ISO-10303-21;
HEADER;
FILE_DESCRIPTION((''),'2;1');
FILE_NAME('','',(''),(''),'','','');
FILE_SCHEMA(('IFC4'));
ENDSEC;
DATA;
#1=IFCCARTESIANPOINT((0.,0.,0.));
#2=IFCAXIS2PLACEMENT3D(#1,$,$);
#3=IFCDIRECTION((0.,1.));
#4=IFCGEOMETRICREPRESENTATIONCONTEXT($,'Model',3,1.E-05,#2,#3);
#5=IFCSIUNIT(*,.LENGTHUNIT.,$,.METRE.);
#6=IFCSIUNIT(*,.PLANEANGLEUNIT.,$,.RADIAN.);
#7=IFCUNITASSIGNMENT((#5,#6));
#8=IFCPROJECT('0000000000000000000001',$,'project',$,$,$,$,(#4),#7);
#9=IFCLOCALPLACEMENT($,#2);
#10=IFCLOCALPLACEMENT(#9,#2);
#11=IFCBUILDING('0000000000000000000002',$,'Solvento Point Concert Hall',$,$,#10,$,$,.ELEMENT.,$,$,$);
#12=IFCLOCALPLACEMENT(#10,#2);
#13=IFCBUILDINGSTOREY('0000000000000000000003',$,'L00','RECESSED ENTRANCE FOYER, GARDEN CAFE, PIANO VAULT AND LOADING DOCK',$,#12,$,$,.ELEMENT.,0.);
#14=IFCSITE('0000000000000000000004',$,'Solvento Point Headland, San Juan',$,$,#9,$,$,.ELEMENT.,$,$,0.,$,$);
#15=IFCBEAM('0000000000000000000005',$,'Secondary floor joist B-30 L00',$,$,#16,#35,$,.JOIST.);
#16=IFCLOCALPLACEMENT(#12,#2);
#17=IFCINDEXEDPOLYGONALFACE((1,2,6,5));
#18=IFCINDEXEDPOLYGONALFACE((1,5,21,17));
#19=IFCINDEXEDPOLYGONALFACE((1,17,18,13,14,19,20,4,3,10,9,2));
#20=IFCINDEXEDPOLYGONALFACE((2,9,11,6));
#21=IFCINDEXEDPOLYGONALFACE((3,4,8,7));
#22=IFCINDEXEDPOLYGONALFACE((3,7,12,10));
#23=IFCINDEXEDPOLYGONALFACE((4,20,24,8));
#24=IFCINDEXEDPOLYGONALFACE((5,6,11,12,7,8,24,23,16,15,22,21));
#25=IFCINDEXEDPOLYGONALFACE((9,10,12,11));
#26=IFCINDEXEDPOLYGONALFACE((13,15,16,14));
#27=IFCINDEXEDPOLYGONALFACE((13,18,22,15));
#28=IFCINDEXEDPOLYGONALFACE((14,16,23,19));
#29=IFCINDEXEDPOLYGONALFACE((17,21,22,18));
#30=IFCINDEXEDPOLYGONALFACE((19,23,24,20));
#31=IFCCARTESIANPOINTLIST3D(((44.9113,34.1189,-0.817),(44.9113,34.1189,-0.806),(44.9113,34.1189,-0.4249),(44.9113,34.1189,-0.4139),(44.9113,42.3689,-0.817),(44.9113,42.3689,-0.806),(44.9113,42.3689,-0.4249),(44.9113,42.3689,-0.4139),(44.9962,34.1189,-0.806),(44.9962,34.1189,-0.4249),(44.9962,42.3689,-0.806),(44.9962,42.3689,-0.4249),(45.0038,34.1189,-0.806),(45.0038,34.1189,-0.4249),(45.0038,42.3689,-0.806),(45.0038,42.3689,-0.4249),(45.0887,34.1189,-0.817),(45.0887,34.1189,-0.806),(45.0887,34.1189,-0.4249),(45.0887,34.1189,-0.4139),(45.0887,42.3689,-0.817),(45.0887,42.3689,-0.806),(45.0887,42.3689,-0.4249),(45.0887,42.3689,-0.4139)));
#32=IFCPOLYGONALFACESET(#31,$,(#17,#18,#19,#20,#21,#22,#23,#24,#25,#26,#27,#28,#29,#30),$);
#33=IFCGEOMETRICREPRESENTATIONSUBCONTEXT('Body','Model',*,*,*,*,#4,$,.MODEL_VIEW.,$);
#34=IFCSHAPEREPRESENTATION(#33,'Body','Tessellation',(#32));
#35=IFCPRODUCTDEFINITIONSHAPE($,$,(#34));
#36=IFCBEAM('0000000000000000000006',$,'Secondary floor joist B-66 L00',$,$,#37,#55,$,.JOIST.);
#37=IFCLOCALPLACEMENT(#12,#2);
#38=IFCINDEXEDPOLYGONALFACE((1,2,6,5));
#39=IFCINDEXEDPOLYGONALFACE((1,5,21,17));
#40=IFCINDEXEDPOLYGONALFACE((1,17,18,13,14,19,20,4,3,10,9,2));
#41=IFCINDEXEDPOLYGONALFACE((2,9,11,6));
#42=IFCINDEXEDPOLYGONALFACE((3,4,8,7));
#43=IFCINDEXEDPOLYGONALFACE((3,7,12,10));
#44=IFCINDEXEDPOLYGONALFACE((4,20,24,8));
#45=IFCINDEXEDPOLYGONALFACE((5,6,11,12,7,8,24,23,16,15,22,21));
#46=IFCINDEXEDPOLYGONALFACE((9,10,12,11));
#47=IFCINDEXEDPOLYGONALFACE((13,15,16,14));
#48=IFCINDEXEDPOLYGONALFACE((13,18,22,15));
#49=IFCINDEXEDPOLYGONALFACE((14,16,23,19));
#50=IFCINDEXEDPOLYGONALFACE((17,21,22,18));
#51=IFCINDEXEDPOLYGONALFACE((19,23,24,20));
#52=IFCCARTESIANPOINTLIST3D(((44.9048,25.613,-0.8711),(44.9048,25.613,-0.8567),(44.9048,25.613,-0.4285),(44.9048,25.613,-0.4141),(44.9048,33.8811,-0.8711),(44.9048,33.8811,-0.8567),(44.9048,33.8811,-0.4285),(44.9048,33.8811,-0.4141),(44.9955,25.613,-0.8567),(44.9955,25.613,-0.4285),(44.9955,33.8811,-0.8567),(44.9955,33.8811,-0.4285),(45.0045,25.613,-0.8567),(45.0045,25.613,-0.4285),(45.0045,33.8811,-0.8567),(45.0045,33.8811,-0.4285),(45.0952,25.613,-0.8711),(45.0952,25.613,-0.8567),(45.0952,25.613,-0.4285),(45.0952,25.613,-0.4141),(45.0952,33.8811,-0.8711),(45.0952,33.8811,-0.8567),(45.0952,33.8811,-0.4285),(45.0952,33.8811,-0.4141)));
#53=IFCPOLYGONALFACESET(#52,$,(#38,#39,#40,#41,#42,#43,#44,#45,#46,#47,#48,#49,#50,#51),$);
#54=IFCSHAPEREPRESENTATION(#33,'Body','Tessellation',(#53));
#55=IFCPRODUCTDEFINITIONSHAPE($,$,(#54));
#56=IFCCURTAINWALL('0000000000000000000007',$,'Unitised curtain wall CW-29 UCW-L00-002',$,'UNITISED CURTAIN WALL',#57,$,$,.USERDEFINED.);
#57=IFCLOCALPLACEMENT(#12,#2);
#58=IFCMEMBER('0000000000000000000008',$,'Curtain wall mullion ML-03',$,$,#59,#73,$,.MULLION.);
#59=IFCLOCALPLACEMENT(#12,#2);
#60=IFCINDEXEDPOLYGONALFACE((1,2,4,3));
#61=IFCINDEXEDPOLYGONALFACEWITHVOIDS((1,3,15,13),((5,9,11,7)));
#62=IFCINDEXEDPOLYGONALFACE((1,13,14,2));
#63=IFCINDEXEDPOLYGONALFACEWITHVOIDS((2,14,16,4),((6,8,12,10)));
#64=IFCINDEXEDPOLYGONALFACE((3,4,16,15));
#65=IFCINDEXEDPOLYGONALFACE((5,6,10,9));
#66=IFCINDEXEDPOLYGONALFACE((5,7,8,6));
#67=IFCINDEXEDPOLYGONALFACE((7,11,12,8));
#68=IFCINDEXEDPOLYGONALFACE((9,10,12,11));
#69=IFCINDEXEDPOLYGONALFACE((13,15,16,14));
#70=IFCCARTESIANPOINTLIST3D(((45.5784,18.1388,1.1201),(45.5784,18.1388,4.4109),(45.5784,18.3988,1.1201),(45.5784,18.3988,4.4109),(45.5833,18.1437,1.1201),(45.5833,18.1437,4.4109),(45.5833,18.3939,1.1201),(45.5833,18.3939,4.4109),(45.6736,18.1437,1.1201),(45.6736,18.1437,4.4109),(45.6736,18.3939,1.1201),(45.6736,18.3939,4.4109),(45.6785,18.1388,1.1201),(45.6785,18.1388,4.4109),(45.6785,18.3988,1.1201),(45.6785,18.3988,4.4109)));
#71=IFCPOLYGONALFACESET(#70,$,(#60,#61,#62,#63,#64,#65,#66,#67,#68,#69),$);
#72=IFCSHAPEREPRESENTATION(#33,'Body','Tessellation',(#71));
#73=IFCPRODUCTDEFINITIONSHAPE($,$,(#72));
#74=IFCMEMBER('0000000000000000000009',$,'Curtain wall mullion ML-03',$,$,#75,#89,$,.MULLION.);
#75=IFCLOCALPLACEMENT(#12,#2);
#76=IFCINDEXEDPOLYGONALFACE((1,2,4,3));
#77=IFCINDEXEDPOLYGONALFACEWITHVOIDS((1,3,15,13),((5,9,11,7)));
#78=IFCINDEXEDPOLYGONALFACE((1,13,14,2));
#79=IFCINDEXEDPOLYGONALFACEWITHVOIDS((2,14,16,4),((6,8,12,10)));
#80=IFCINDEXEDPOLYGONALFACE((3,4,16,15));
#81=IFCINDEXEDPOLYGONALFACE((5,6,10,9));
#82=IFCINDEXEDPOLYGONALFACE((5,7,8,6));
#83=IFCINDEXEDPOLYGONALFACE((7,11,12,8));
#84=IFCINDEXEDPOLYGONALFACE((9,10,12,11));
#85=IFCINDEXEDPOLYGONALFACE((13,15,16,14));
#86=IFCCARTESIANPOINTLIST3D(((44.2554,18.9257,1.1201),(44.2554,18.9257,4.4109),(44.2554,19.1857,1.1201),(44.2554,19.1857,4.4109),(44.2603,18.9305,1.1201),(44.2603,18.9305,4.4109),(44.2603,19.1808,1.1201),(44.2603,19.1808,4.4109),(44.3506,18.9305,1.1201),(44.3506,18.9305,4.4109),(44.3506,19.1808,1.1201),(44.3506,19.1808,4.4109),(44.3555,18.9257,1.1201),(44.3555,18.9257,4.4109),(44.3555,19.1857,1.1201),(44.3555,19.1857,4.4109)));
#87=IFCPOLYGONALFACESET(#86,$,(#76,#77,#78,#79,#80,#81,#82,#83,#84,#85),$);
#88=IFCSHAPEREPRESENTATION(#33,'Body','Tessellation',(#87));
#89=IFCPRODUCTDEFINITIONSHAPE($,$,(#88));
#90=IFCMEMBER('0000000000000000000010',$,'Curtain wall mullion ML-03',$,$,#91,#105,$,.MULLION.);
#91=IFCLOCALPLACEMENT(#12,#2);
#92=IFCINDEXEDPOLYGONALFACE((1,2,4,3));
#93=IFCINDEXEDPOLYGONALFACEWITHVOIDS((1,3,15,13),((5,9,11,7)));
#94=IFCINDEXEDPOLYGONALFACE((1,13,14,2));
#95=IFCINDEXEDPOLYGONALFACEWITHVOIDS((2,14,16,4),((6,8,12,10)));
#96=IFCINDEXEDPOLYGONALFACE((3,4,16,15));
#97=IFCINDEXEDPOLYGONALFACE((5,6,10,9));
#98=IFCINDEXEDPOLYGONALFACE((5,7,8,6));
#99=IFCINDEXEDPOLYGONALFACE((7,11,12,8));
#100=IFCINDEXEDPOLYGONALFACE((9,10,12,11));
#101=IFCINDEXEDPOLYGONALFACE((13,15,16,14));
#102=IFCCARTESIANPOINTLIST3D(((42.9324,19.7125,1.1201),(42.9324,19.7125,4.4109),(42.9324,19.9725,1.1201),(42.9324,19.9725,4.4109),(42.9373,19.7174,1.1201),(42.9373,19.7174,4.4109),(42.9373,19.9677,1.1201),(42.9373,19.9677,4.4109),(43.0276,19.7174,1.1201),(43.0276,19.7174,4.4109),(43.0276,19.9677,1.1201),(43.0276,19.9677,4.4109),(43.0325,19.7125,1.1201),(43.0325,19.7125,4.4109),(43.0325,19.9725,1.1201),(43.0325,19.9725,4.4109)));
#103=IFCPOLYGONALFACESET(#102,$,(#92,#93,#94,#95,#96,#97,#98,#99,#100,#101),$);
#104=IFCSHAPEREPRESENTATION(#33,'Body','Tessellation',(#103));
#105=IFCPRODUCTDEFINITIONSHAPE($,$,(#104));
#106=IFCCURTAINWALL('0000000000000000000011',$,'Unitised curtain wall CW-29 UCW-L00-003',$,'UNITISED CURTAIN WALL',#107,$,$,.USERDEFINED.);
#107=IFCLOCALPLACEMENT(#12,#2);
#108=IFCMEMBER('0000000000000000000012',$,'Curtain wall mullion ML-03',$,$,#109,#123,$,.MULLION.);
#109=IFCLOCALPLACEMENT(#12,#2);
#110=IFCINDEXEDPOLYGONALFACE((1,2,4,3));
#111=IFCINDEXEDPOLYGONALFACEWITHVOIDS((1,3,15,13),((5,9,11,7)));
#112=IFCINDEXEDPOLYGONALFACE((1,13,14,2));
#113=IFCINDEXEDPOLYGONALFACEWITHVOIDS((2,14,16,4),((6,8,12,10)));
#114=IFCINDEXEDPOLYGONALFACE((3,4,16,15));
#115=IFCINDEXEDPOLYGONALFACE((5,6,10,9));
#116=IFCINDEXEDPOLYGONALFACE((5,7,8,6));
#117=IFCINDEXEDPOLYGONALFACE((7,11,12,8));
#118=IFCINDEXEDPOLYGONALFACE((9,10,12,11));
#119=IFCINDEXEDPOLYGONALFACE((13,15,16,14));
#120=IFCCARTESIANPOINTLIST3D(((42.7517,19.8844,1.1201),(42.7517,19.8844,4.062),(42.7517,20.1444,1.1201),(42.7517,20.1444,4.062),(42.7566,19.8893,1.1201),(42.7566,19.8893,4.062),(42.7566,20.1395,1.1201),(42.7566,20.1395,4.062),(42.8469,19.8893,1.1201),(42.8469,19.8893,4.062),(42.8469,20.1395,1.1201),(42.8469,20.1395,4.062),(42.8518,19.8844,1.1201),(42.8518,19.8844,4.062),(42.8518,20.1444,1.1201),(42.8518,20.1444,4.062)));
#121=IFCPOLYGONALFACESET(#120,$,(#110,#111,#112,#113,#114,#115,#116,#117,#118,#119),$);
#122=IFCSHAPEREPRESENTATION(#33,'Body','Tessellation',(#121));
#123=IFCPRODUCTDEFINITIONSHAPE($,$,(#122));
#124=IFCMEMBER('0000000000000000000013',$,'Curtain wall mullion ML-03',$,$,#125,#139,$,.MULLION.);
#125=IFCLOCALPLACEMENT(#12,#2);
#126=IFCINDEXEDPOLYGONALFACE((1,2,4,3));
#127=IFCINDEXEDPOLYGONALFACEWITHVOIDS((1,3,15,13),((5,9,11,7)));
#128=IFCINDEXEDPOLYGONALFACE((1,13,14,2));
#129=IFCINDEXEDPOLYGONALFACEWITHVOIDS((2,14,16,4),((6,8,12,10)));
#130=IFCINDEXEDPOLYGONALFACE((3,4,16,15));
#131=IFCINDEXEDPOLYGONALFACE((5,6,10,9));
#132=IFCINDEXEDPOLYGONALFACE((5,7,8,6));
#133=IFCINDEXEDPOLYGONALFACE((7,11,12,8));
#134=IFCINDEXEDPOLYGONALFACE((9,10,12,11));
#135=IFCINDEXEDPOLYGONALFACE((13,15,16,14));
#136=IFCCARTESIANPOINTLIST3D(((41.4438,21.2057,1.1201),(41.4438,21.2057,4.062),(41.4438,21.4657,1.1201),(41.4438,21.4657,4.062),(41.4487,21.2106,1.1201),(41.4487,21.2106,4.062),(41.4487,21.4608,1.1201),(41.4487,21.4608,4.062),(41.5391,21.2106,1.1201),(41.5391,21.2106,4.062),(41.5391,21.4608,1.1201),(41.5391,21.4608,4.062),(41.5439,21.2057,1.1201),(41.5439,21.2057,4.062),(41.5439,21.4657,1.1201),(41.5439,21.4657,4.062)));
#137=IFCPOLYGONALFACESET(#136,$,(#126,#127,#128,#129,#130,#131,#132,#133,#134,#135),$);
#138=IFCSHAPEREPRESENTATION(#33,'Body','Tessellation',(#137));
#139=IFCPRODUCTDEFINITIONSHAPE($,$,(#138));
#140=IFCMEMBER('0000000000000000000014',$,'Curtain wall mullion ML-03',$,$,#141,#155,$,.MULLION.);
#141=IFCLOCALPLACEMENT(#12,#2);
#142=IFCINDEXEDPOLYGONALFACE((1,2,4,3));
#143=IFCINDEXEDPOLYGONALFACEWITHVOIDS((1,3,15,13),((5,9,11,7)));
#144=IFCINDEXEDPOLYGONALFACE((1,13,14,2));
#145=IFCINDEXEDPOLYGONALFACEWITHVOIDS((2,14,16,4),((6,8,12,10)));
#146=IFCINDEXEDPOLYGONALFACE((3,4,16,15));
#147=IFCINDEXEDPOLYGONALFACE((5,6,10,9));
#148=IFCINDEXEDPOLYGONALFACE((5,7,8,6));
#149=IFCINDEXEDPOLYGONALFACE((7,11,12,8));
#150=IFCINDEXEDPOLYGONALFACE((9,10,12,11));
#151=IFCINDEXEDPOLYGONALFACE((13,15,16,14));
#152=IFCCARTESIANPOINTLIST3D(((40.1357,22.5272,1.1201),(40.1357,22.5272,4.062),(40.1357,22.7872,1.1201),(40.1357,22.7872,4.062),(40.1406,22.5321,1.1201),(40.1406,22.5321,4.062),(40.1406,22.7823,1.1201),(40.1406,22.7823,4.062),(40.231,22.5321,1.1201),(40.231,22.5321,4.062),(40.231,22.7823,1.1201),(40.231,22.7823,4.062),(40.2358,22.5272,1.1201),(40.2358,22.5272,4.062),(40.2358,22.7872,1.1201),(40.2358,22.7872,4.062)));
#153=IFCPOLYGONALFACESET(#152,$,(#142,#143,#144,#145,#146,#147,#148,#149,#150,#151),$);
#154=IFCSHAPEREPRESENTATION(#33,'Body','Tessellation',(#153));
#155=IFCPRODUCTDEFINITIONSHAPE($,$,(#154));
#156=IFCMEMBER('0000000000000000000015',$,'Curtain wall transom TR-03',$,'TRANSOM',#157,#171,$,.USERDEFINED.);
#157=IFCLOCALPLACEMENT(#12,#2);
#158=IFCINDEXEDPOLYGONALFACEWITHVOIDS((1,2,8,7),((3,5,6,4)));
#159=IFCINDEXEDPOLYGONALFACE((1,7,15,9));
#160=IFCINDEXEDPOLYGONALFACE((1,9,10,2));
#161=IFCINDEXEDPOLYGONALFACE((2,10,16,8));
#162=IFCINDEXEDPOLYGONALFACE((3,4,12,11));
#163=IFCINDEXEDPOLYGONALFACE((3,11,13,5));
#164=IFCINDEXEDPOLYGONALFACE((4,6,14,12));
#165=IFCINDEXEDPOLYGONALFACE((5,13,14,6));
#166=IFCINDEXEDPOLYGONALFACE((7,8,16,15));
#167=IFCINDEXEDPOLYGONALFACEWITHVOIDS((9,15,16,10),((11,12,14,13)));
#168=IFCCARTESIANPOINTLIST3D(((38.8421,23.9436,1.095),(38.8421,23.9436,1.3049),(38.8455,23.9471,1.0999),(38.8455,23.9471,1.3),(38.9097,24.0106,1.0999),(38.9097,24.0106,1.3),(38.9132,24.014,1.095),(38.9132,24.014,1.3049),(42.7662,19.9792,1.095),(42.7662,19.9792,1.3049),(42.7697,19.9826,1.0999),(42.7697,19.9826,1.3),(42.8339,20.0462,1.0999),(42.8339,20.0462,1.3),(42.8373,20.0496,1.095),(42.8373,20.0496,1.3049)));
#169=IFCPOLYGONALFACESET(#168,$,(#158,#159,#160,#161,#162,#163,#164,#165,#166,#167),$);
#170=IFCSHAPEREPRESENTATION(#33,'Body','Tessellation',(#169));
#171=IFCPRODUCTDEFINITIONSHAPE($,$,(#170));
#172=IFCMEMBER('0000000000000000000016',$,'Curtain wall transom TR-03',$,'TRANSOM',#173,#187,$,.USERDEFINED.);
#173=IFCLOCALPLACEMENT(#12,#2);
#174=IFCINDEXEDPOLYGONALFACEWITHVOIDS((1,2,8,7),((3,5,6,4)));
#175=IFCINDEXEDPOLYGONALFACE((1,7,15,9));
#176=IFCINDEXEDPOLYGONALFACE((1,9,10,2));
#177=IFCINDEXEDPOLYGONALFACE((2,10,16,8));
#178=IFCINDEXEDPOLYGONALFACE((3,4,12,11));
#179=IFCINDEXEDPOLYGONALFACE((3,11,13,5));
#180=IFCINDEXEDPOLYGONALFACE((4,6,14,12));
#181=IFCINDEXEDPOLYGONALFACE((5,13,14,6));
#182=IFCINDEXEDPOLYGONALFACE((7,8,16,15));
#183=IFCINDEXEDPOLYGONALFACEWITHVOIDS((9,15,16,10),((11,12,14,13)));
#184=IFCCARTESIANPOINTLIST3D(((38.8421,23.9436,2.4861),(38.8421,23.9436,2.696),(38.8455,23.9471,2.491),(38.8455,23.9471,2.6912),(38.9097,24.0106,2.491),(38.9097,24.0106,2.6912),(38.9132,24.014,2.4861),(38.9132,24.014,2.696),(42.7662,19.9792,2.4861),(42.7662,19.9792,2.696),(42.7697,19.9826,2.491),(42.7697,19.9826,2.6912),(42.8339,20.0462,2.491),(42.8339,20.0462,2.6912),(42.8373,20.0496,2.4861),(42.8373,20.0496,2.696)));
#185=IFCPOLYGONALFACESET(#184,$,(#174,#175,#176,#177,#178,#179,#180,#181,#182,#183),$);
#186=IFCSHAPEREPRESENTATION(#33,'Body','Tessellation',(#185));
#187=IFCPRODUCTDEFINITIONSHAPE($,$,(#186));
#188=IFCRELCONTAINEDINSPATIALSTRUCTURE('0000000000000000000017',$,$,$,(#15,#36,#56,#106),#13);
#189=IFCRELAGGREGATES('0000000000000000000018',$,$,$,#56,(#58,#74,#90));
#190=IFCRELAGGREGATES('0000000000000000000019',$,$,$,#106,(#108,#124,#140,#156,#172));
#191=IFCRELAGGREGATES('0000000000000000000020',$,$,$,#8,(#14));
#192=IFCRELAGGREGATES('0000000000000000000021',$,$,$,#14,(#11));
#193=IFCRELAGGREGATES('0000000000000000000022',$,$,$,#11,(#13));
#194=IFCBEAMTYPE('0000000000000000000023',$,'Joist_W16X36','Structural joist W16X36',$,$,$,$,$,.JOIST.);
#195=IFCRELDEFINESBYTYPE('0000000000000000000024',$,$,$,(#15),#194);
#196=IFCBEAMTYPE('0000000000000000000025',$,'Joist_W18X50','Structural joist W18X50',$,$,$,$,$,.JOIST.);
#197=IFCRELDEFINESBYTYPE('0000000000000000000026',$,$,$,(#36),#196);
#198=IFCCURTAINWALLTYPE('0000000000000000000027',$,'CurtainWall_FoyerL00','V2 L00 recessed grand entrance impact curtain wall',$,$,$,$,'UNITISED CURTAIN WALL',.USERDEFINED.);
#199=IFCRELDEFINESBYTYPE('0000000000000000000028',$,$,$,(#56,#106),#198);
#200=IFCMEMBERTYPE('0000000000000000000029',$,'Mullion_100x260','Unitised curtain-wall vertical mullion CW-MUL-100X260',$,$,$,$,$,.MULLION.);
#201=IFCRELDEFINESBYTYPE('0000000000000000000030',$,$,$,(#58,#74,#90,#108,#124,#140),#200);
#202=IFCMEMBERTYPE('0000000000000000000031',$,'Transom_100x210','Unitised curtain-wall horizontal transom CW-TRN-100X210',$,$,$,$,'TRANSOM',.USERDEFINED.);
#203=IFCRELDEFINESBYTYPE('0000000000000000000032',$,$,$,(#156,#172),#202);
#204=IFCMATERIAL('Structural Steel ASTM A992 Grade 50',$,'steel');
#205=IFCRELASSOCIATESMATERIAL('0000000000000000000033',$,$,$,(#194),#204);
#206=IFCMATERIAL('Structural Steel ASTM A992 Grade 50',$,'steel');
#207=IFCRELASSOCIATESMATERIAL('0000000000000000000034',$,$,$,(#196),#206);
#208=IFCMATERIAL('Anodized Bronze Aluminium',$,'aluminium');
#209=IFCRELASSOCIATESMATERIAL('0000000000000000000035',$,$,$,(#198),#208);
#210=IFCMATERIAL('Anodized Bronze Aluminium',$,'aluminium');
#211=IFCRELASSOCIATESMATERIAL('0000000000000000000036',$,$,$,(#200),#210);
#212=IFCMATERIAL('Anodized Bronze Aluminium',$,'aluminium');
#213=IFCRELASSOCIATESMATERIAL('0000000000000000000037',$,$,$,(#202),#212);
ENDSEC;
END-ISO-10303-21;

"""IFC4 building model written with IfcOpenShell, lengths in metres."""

from ifc_helpers import new_model, si_unit, direction, frame, origin, origin_2d, place, context, subcontext, project, spatial, hollow_rectangle, i_section, extrude, material, material_profile, profile_set, type_object, element, aggregate, save


model = new_model("IFC4")

# Units and contexts
model_context = context("Model", 3, precision=1e-05, world=origin(), true_north=direction((0.0, 1.0)))
body_context = subcontext(model_context, "Body", "Model", "MODEL_VIEW")
ifc_project = project(units=[si_unit("LENGTHUNIT", "METRE"), si_unit("PLANEANGLEUNIT", "RADIAN")], contexts=[model_context])

# Site, building, storey
site_placement = place(None, origin())
site = spatial("IfcSite", under=ifc_project, at=site_placement, Name="Solvento Point Headland, San Juan", CompositionType="ELEMENT", RefElevation=0.0)
building_placement = place(site_placement, origin())
building = spatial("IfcBuilding", under=site, at=building_placement, Name="Solvento Point Concert Hall", CompositionType="ELEMENT")
storey_placement = place(building_placement, origin())
storey = spatial("IfcBuildingStorey", under=building, at=storey_placement, Name="L00", Description="RECESSED ENTRANCE FOYER, GARDEN CAFE, PIANO VAULT AND LOADING DOCK", CompositionType="ELEMENT", Elevation=0.0)

# Beams
ifc_material_1 = material(Name="Structural Steel ASTM A992 Grade 50", Category="steel")
ifc_material_profile_1 = material_profile(ifc_material_1, i_section(OverallWidth=0.1775, OverallDepth=0.4031, WebThickness=0.0076, FlangeThickness=0.011, at=origin_2d()), Name="W16X36")
ifc_profile_set_1 = profile_set([ifc_material_profile_1], Name="Structural Steel ASTM A992 Grade 50")
beam_type_1 = type_object("IfcBeamType", Name="Joist_W16X36", Description="Structural joist W16X36", PredefinedType="JOIST", material=ifc_profile_set_1)
beam_1_placement = place(storey_placement, frame((45.0, 34.1189, -0.6155), z_axis=(0.0, 1.0, 0.0), x_axis=(-1.0, 0.0, 0.0)))
element("IfcBeam", 1, at=beam_1_placement, inside=storey, type_object=beam_type_1, Name="Secondary floor joist B-30 L00", PredefinedType="JOIST", context=body_context, shape_type="SweptSolid", body=[
    extrude(i_section(OverallWidth=0.1775, OverallDepth=0.4031, WebThickness=0.0076, FlangeThickness=0.011, at=origin_2d()), origin(), (0.0, 0.0, 1.0), 8.25),
])
ifc_material_2 = material(Name="Structural Steel ASTM A992 Grade 50", Category="steel")
ifc_material_profile_2 = material_profile(ifc_material_2, i_section(OverallWidth=0.1904, OverallDepth=0.457, WebThickness=0.009, FlangeThickness=0.0144, at=origin_2d()), Name="W18X50")
ifc_profile_set_2 = profile_set([ifc_material_profile_2], Name="Structural Steel ASTM A992 Grade 50")
beam_type_2 = type_object("IfcBeamType", Name="Joist_W18X50", Description="Structural joist W18X50", PredefinedType="JOIST", material=ifc_profile_set_2)
beam_2_placement = place(storey_placement, frame((45.0, 25.613, -0.6426), z_axis=(0.0, 1.0, 0.0), x_axis=(-1.0, 0.0, 0.0)))
element("IfcBeam", 2, at=beam_2_placement, inside=storey, type_object=beam_type_2, Name="Secondary floor joist B-66 L00", PredefinedType="JOIST", context=body_context, shape_type="SweptSolid", body=[
    extrude(i_section(OverallWidth=0.1904, OverallDepth=0.457, WebThickness=0.009, FlangeThickness=0.0144, at=origin_2d()), origin(), (0.0, 0.0, 1.0), 8.2681),
])

# Curtain walls, members
ifc_material_3 = material(Name="Anodized Bronze Aluminium", Category="aluminium")
curtain_wall_type = type_object("IfcCurtainWallType", Name="CurtainWall_FoyerL00", Description="V2 L00 recessed grand entrance impact curtain wall", ElementType="UNITISED CURTAIN WALL", PredefinedType="USERDEFINED", material=ifc_material_3)
curtain_wall_1_placement = place(storey_placement, origin())
curtain_wall_1 = element("IfcCurtainWall", 3, at=curtain_wall_1_placement, inside=storey, type_object=curtain_wall_type, Name="Unitised curtain wall CW-29 UCW-L00-002", ObjectType="UNITISED CURTAIN WALL", PredefinedType="USERDEFINED")
ifc_material_4 = material(Name="Anodized Bronze Aluminium", Category="aluminium")
ifc_material_profile_3 = material_profile(ifc_material_4, hollow_rectangle(XDim=0.1001, YDim=0.26, WallThickness=0.0049, at=origin_2d()), Name="CW-MUL-100X260")
ifc_profile_set_3 = profile_set([ifc_material_profile_3], Name="Anodized Bronze Aluminium")
member_type_1 = type_object("IfcMemberType", Name="Mullion_100x260", Description="Unitised curtain-wall vertical mullion CW-MUL-100X260", PredefinedType="MULLION", material=ifc_profile_set_3)
member_1_placement = place(storey_placement, frame((45.6284, 18.2688, 1.1201), z_axis=(0.0, 0.0, 1.0), x_axis=(1.0, 0.0, 0.0)))
member_1 = element("IfcMember", 4, at=member_1_placement, type_object=member_type_1, Name="Curtain wall mullion ML-03", PredefinedType="MULLION", context=body_context, shape_type="SweptSolid", body=[
    extrude(hollow_rectangle(XDim=0.1001, YDim=0.26, WallThickness=0.0049, at=origin_2d()), origin(), (0.0, 0.0, 1.0), 3.2908),
])
member_2_placement = place(storey_placement, frame((44.3054, 19.0557, 1.1201), z_axis=(0.0, 0.0, 1.0), x_axis=(1.0, 0.0, 0.0)))
member_2 = element("IfcMember", 5, at=member_2_placement, type_object=member_type_1, Name="Curtain wall mullion ML-03", PredefinedType="MULLION", context=body_context, shape_type="SweptSolid", body=[
    extrude(hollow_rectangle(XDim=0.1001, YDim=0.26, WallThickness=0.0049, at=origin_2d()), origin(), (0.0, 0.0, 1.0), 3.2908),
])
member_3_placement = place(storey_placement, frame((42.9824, 19.8425, 1.1201), z_axis=(0.0, 0.0, 1.0), x_axis=(1.0, 0.0, 0.0)))
member_3 = element("IfcMember", 6, at=member_3_placement, type_object=member_type_1, Name="Curtain wall mullion ML-03", PredefinedType="MULLION", context=body_context, shape_type="SweptSolid", body=[
    extrude(hollow_rectangle(XDim=0.1001, YDim=0.26, WallThickness=0.0049, at=origin_2d()), origin(), (0.0, 0.0, 1.0), 3.2908),
])
curtain_wall_2_placement = place(storey_placement, origin())
curtain_wall_2 = element("IfcCurtainWall", 7, at=curtain_wall_2_placement, inside=storey, type_object=curtain_wall_type, Name="Unitised curtain wall CW-29 UCW-L00-003", ObjectType="UNITISED CURTAIN WALL", PredefinedType="USERDEFINED")
member_4_placement = place(storey_placement, frame((42.8018, 20.0144, 1.1201), z_axis=(0.0, 0.0, 1.0), x_axis=(1.0, 0.0, 0.0)))
member_4 = element("IfcMember", 8, at=member_4_placement, type_object=member_type_1, Name="Curtain wall mullion ML-03", PredefinedType="MULLION", context=body_context, shape_type="SweptSolid", body=[
    extrude(hollow_rectangle(XDim=0.1001, YDim=0.26, WallThickness=0.0049, at=origin_2d()), origin(), (0.0, 0.0, 1.0), 2.9419),
])
member_5_placement = place(storey_placement, frame((41.4939, 21.3357, 1.1201), z_axis=(0.0, 0.0, 1.0), x_axis=(1.0, 0.0, 0.0)))
member_5 = element("IfcMember", 9, at=member_5_placement, type_object=member_type_1, Name="Curtain wall mullion ML-03", PredefinedType="MULLION", context=body_context, shape_type="SweptSolid", body=[
    extrude(hollow_rectangle(XDim=0.1001, YDim=0.26, WallThickness=0.0049, at=origin_2d()), origin(), (0.0, 0.0, 1.0), 2.9419),
])
member_6_placement = place(storey_placement, frame((40.1858, 22.6572, 1.1201), z_axis=(0.0, 0.0, 1.0), x_axis=(1.0, 0.0, 0.0)))
member_6 = element("IfcMember", 10, at=member_6_placement, type_object=member_type_1, Name="Curtain wall mullion ML-03", PredefinedType="MULLION", context=body_context, shape_type="SweptSolid", body=[
    extrude(hollow_rectangle(XDim=0.1001, YDim=0.26, WallThickness=0.0049, at=origin_2d()), origin(), (0.0, 0.0, 1.0), 2.9419),
])
ifc_material_5 = material(Name="Anodized Bronze Aluminium", Category="aluminium")
ifc_material_profile_4 = material_profile(ifc_material_5, hollow_rectangle(XDim=0.1001, YDim=0.21, WallThickness=0.0049, at=origin_2d()), Name="CW-TRN-100X210")
ifc_profile_set_4 = profile_set([ifc_material_profile_4], Name="Anodized Bronze Aluminium")
member_type_2 = type_object("IfcMemberType", Name="Transom_100x210", Description="Unitised curtain-wall horizontal transom CW-TRN-100X210", ElementType="TRANSOM", PredefinedType="USERDEFINED", material=ifc_profile_set_4)
member_7_placement = place(storey_placement, frame((42.8018, 20.0144, 1.2), z_axis=(-0.703487, 0.710708, 0.0), x_axis=(-0.710708, -0.703487, 0.0)))
member_7 = element("IfcMember", 11, at=member_7_placement, type_object=member_type_2, Name="Curtain wall transom TR-03", ObjectType="TRANSOM", PredefinedType="USERDEFINED", context=body_context, shape_type="SweptSolid", body=[
    extrude(hollow_rectangle(XDim=0.1001, YDim=0.21, WallThickness=0.0049, at=origin_2d()), origin(), (0.0, 0.0, 1.0), 5.5781),
])
member_8_placement = place(storey_placement, frame((42.8018, 20.0144, 2.5911), z_axis=(-0.703487, 0.710708, 0.0), x_axis=(-0.710708, -0.703487, 0.0)))
member_8 = element("IfcMember", 12, at=member_8_placement, type_object=member_type_2, Name="Curtain wall transom TR-03", ObjectType="TRANSOM", PredefinedType="USERDEFINED", context=body_context, shape_type="SweptSolid", body=[
    extrude(hollow_rectangle(XDim=0.1001, YDim=0.21, WallThickness=0.0049, at=origin_2d()), origin(), (0.0, 0.0, 1.0), 5.5781),
])

aggregate(curtain_wall_1, [member_1, member_2, member_3])
aggregate(curtain_wall_2, [member_4, member_5, member_6, member_7, member_8])

save(model, "model.ifc")
